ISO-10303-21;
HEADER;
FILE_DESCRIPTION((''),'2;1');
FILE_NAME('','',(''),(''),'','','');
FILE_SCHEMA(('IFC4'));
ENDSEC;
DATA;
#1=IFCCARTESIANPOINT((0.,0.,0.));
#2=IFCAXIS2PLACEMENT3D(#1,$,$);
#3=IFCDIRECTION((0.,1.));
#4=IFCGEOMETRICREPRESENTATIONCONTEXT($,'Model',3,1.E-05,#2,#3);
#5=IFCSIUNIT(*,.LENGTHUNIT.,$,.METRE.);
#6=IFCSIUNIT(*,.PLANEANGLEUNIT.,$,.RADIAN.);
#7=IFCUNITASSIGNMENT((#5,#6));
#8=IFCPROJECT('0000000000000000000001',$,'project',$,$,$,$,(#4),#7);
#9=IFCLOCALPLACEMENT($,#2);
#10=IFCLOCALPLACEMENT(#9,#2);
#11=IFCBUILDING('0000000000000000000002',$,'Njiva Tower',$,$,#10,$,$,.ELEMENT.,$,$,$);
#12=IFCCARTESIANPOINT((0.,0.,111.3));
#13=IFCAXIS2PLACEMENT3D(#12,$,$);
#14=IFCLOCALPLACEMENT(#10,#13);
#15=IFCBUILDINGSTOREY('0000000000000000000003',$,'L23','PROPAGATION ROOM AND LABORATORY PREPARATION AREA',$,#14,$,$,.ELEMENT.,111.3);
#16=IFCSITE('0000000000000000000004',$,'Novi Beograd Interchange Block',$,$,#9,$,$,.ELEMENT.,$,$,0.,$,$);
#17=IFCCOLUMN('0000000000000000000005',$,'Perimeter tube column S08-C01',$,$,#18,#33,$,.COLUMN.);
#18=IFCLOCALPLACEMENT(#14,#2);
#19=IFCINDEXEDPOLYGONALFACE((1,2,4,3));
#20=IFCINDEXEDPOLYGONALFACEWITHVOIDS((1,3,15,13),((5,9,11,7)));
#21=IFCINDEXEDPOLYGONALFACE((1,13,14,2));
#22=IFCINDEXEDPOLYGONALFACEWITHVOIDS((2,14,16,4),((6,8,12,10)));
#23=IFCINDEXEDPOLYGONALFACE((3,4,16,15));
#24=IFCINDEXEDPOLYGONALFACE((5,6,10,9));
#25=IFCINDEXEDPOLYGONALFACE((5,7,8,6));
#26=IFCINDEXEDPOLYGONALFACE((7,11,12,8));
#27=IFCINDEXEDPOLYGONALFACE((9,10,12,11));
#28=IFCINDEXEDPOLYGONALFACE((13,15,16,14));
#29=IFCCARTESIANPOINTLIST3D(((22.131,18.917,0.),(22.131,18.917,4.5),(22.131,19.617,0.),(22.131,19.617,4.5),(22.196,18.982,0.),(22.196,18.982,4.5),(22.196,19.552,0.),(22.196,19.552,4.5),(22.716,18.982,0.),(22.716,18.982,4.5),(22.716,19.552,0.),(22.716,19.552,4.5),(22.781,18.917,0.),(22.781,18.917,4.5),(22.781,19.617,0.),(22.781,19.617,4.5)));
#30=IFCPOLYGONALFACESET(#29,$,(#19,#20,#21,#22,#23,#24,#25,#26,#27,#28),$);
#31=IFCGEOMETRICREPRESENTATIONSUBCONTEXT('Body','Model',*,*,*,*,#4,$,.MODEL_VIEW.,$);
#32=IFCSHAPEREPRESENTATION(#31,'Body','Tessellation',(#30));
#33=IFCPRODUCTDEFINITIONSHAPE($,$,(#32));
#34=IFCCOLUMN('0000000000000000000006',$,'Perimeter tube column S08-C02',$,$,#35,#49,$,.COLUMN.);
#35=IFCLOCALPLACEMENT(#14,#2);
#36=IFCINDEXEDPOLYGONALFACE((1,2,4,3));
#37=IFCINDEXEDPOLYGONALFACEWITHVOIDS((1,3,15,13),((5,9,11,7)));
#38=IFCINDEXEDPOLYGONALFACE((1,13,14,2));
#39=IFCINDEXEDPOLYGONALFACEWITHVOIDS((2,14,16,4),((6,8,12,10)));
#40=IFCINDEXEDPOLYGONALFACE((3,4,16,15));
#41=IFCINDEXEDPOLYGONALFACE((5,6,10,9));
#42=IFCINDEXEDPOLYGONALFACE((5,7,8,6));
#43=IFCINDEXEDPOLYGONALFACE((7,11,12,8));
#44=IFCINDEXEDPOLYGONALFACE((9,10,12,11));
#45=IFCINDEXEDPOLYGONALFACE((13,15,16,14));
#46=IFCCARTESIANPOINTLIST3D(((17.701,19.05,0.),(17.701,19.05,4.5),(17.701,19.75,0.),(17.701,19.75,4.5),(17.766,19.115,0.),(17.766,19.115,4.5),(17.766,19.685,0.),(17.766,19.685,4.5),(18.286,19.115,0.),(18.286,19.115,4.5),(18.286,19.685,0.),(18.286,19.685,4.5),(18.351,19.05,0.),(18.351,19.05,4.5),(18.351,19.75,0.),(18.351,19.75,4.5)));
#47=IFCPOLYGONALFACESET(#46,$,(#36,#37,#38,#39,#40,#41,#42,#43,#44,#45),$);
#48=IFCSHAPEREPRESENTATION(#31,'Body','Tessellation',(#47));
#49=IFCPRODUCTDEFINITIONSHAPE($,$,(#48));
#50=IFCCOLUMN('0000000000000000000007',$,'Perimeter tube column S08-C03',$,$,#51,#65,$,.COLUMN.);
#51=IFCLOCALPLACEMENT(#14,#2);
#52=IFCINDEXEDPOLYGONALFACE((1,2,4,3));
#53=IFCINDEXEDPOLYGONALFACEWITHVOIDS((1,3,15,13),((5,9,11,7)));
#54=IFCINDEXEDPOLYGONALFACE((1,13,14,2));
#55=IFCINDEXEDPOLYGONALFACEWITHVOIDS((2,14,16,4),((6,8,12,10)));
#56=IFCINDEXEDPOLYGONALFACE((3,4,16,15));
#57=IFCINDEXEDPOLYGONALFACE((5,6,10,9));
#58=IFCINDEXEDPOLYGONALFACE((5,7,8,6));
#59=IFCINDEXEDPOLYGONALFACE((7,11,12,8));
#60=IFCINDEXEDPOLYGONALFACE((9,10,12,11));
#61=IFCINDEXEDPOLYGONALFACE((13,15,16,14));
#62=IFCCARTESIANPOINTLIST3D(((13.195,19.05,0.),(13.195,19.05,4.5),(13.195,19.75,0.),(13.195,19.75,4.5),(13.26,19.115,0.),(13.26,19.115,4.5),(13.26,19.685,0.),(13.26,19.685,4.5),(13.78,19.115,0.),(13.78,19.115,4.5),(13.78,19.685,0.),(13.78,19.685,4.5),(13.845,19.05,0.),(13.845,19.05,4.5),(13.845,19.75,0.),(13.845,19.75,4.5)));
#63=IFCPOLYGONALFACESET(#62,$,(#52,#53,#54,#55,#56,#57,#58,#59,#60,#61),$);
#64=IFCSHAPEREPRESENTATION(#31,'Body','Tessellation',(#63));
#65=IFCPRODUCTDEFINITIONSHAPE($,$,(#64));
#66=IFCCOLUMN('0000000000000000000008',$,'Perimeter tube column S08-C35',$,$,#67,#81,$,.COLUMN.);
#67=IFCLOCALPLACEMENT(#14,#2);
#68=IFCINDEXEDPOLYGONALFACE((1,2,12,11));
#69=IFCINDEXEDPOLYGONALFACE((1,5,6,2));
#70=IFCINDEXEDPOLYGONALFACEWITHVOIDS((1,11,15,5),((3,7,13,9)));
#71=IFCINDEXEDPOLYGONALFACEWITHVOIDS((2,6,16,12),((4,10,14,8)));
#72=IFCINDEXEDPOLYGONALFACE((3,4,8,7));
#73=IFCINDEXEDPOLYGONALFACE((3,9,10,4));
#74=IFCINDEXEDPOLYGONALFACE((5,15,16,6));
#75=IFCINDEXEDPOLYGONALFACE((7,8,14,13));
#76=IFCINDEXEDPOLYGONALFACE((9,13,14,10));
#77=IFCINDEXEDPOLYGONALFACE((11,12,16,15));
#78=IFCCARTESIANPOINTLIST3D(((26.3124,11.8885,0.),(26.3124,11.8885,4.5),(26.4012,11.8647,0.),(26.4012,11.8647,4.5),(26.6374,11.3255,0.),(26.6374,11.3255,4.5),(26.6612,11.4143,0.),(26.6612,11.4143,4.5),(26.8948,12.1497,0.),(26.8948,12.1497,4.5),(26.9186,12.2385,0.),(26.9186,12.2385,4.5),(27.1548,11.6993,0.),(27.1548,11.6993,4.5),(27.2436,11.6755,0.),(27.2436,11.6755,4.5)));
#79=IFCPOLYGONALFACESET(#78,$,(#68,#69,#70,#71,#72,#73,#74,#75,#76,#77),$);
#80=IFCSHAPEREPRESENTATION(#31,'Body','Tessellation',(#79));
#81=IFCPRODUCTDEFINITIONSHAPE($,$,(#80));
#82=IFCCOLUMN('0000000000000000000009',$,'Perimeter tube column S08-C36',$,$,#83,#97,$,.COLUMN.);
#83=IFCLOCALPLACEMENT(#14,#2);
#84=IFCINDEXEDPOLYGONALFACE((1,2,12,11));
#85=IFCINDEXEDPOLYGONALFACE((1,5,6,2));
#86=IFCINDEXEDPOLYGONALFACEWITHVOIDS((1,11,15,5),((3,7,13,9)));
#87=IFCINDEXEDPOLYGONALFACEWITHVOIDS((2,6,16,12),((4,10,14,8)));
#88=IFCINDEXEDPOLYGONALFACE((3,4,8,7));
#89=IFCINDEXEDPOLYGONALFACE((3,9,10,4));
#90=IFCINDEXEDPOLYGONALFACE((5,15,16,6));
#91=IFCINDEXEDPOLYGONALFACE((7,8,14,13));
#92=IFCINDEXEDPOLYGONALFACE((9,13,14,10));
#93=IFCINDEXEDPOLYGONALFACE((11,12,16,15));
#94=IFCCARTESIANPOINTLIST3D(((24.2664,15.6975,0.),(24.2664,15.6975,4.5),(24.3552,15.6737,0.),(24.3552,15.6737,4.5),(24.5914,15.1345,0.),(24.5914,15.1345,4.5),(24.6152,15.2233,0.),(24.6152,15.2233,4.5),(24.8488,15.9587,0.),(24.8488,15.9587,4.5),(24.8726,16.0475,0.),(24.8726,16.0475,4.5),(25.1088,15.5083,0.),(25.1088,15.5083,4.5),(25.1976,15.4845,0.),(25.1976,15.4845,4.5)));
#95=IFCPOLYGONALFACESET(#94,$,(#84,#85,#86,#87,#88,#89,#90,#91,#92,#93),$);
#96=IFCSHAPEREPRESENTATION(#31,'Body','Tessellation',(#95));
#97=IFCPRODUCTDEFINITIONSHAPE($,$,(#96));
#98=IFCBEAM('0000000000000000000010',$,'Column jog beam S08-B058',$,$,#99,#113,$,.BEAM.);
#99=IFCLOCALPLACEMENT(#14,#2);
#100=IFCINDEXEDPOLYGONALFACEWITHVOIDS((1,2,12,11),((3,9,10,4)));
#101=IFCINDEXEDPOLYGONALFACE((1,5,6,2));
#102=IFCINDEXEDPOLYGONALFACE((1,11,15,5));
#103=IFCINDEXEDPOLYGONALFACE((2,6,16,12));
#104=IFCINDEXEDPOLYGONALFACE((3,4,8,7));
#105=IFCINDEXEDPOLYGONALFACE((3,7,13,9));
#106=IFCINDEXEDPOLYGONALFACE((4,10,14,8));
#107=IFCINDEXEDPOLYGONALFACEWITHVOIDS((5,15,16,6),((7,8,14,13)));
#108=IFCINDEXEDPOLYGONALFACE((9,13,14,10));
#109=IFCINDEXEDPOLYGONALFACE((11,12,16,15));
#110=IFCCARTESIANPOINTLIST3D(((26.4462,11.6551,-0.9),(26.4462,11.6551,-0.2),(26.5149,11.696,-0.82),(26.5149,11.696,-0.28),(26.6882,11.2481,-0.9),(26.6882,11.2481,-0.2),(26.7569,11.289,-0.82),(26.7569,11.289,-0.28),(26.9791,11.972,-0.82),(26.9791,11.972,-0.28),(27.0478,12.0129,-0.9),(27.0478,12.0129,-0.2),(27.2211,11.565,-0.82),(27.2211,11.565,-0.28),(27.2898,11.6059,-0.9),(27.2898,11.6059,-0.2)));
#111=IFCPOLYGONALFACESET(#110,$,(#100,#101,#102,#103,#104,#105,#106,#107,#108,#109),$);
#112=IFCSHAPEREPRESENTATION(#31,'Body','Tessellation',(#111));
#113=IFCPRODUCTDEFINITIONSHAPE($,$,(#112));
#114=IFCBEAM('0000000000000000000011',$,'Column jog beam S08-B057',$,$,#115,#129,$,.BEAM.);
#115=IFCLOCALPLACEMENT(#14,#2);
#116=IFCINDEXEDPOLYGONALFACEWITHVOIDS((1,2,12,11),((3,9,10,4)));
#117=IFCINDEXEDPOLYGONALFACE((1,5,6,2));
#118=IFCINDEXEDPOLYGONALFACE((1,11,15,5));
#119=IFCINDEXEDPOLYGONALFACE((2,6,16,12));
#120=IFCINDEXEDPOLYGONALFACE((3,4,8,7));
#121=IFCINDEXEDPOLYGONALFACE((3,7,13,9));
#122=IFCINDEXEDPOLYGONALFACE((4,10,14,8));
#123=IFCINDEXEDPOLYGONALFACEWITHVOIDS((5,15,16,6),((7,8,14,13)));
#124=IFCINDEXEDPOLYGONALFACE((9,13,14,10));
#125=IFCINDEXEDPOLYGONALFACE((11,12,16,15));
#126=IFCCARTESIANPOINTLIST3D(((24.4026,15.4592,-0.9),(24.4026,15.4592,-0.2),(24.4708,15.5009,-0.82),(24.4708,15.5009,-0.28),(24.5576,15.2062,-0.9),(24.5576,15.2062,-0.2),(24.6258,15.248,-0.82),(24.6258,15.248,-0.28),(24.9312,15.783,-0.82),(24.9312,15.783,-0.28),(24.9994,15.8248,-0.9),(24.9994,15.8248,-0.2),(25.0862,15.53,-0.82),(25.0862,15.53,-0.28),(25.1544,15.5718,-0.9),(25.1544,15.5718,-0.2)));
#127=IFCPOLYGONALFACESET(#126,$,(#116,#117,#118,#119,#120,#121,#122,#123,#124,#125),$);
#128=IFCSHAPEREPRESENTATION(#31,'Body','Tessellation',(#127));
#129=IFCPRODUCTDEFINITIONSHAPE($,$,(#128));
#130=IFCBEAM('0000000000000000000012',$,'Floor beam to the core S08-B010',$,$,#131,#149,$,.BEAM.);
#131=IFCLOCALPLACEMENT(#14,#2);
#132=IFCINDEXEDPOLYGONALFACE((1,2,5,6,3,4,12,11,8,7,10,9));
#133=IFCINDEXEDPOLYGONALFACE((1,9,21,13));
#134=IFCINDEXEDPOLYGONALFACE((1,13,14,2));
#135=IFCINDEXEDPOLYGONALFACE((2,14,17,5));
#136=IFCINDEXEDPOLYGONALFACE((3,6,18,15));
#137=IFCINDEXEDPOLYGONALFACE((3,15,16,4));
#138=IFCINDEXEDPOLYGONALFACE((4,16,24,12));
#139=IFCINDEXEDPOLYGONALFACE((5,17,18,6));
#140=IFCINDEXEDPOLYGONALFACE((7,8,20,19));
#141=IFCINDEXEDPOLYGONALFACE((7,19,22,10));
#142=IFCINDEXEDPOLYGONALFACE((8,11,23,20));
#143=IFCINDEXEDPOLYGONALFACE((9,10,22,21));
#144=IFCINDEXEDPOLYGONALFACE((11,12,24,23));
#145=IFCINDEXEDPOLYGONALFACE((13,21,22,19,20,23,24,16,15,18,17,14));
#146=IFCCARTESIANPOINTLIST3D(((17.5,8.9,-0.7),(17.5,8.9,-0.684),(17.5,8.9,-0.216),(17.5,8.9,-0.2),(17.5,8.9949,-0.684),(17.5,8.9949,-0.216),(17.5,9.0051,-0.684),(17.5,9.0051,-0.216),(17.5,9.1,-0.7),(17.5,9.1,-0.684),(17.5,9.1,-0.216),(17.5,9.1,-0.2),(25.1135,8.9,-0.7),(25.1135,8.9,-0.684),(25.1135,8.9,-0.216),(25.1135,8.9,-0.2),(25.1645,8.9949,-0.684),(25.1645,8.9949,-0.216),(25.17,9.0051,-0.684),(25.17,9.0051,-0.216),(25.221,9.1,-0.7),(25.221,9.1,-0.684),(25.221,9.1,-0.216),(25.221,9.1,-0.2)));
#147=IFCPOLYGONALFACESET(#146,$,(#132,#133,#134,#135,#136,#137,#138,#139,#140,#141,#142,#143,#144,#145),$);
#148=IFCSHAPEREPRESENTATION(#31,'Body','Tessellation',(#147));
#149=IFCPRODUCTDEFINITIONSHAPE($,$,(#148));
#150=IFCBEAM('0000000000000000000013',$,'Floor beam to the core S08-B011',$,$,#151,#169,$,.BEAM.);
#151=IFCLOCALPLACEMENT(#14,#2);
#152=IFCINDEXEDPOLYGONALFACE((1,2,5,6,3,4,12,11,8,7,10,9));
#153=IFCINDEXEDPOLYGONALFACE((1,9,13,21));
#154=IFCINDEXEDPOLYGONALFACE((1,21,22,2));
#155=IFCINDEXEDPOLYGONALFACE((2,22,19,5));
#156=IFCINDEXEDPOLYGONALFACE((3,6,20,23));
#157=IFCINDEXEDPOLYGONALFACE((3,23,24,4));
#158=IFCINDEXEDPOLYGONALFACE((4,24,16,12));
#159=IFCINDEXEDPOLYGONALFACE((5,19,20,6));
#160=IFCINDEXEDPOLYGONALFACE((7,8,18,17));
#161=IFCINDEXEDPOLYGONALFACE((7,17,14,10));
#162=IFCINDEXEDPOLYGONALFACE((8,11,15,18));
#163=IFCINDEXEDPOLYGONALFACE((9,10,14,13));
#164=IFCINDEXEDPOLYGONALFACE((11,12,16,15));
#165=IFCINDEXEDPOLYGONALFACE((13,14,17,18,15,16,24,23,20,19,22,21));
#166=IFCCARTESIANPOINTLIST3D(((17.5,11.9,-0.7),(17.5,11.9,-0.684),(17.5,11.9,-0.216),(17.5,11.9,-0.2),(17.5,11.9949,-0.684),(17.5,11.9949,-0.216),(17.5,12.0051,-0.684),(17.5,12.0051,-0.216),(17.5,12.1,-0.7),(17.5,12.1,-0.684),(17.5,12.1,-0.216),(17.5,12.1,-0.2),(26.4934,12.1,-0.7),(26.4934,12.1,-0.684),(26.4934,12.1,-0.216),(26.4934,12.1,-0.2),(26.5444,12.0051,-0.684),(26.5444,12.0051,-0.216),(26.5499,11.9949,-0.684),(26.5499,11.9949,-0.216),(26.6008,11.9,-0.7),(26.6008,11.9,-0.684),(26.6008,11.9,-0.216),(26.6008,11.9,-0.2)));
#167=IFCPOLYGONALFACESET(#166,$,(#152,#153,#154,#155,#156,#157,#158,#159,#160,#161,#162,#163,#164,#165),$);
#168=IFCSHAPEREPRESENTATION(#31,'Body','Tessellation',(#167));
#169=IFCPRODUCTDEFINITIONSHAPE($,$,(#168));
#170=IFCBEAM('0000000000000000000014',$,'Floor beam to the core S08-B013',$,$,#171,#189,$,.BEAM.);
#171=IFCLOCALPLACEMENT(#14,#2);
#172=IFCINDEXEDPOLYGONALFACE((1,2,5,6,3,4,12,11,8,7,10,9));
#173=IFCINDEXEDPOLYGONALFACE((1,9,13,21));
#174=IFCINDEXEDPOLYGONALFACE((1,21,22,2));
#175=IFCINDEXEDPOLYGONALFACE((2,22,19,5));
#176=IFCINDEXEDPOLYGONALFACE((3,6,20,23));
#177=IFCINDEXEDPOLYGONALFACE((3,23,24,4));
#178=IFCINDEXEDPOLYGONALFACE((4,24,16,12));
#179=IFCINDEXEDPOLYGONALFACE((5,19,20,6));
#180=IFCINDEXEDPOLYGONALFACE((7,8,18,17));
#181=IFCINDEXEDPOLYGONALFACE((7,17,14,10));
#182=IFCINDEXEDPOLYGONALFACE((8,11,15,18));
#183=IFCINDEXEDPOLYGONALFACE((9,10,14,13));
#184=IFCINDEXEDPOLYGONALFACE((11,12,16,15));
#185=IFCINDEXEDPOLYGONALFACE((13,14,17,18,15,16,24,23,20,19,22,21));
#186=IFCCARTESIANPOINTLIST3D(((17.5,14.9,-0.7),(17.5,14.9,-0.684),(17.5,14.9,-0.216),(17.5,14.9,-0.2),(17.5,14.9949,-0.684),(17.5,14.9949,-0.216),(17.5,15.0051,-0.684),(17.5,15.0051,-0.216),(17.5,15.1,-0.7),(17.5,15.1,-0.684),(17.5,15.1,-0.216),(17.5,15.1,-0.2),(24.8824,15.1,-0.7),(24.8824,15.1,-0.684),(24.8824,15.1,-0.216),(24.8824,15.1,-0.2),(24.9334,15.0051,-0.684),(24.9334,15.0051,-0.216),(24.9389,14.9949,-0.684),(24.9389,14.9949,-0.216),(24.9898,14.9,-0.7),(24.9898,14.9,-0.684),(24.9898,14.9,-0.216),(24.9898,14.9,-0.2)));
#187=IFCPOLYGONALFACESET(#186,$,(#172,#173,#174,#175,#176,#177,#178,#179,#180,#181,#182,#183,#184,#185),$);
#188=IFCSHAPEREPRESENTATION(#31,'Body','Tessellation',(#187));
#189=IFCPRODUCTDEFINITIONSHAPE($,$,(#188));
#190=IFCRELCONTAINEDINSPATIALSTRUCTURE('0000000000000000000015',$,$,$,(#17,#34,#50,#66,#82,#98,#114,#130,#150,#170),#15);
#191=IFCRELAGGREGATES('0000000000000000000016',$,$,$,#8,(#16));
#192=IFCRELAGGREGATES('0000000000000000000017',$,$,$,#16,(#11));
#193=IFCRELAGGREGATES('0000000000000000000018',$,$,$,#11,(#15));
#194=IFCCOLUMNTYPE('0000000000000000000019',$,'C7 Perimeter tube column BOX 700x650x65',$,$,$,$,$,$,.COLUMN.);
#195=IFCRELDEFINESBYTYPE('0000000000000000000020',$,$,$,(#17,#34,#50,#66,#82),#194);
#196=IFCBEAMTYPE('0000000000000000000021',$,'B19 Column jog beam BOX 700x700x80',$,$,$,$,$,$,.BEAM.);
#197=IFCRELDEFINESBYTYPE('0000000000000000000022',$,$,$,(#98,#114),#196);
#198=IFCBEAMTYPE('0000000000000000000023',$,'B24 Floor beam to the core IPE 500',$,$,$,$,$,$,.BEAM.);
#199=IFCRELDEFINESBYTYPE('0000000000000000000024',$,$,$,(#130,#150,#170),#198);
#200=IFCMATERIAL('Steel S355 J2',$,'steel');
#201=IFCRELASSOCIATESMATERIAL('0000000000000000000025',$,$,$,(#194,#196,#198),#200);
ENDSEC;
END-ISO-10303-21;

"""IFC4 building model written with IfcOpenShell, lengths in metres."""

from ifc_helpers import new_model, si_unit, direction, frame, origin, origin_2d, place, context, subcontext, project, spatial, hollow_rectangle, i_section, extrude, clip, halfspace, material, material_profile, profile_set, type_object, element, save


model = new_model("IFC4")

# Units and contexts
model_context = context("Model", 3, precision=1e-05, world=origin(), true_north=direction((0.0, 1.0)))
body_context = subcontext(model_context, "Body", "Model", "MODEL_VIEW")
ifc_project = project(units=[si_unit("LENGTHUNIT", "METRE"), si_unit("PLANEANGLEUNIT", "RADIAN")], contexts=[model_context])

# Site, building, storey
site_placement = place(None, origin())
site = spatial("IfcSite", under=ifc_project, at=site_placement, Name="Novi Beograd Interchange Block", CompositionType="ELEMENT", RefElevation=0.0)
building_placement = place(site_placement, origin())
building = spatial("IfcBuilding", under=site, at=building_placement, Name="Njiva Tower", CompositionType="ELEMENT")
storey_placement = place(building_placement, frame((0.0, 0.0, 111.3)))
storey = spatial("IfcBuildingStorey", under=building, at=storey_placement, Name="L23", Description="PROPAGATION ROOM AND LABORATORY PREPARATION AREA", CompositionType="ELEMENT", Elevation=111.3)

# Columns
ifc_material_1 = material(Name="Steel S355 J2", Category="steel")
ifc_material_profile_1 = material_profile(ifc_material_1, hollow_rectangle(XDim=0.65, YDim=0.7, WallThickness=0.065, at=origin_2d()), Name="BOX 700x650x65")
ifc_profile_set_1 = profile_set([ifc_material_profile_1], Name="Steel S355 J2")
column_type = type_object("IfcColumnType", Name="C7 Perimeter tube column BOX 700x650x65", PredefinedType="COLUMN", material=ifc_profile_set_1)
for number, where, z_axis, x_axis, name in (
    (1, (22.456, 19.267, 0.0), (0.0, 0.0, 1.0), (-1.0, 0.0, 0.0), "Perimeter tube column S08-C01"),
    (2, (18.026, 19.4, 0.0), (0.0, 0.0, 1.0), (-1.0, 0.0, 0.0), "Perimeter tube column S08-C02"),
    (3, (13.52, 19.4, 0.0), (0.0, 0.0, 1.0), (-1.0, 0.0, 0.0), "Perimeter tube column S08-C03"),
    (4, (26.778, 11.782, 0.0), (0.0, 0.0, 1.0), (-0.5, 0.866025, 0.0), "Perimeter tube column S08-C35"),
    (5, (24.732, 15.591, 0.0), (0.0, 0.0, 1.0), (-0.5, 0.866025, 0.0), "Perimeter tube column S08-C36"),
):
    element("IfcColumn", number, at=place(storey_placement, frame(where, z_axis=z_axis, x_axis=x_axis)), inside=storey, type_object=column_type, Name=name, PredefinedType="COLUMN", context=body_context, shape_type="SweptSolid", body=[
        extrude(hollow_rectangle(XDim=0.65, YDim=0.7, WallThickness=0.065, at=origin_2d()), origin(), (0.0, 0.0, 1.0), 4.5),
    ])

# Beams
ifc_material_profile_2 = material_profile(ifc_material_1, hollow_rectangle(XDim=0.7, YDim=0.7, WallThickness=0.08, at=origin_2d()), Name="BOX 700x700x80")
ifc_profile_set_2 = profile_set([ifc_material_profile_2], Name="Steel S355 J2")
beam_type_1 = type_object("IfcBeamType", Name="B19 Column jog beam BOX 700x700x80", PredefinedType="BEAM", material=ifc_profile_set_2)
beam_1_placement = place(storey_placement, frame((26.989, 11.427, -0.55), z_axis=(-0.511075, 0.859536, 0.0), x_axis=(-0.859536, -0.511075, 0.0)))
element("IfcBeam", 6, at=beam_1_placement, inside=storey, type_object=beam_type_1, Name="Column jog beam S08-B058", PredefinedType="BEAM", context=body_context, shape_type="SweptSolid", body=[
    extrude(hollow_rectangle(XDim=0.7, YDim=0.7, WallThickness=0.08, at=origin_2d()), origin(), (0.0, 0.0, 1.0), 0.4735),
])
beam_2_placement = place(storey_placement, frame((24.856, 15.389, -0.55), z_axis=(-0.522404, 0.852698, 0.0), x_axis=(-0.852698, -0.522404, 0.0)))
element("IfcBeam", 7, at=beam_2_placement, inside=storey, type_object=beam_type_1, Name="Column jog beam S08-B057", PredefinedType="BEAM", context=body_context, shape_type="SweptSolid", body=[
    extrude(hollow_rectangle(XDim=0.7, YDim=0.7, WallThickness=0.08, at=origin_2d()), origin(), (0.0, 0.0, 1.0), 0.2967),
])
ifc_material_profile_3 = material_profile(ifc_material_1, i_section(OverallWidth=0.2, OverallDepth=0.5, WebThickness=0.0102, FlangeThickness=0.016, at=origin_2d()), Name="IPE 500")
ifc_profile_set_3 = profile_set([ifc_material_profile_3], Name="Steel S355 J2")
beam_type_2 = type_object("IfcBeamType", Name="B24 Floor beam to the core IPE 500", PredefinedType="BEAM", material=ifc_profile_set_3)
beam_3_placement = place(storey_placement, frame((17.5, 9.0, -0.45), z_axis=(1.0, 0.0, 0.0), x_axis=(0.0, 1.0, 0.0)))
element("IfcBeam", 8, at=beam_3_placement, inside=storey, type_object=beam_type_2, Name="Floor beam to the core S08-B010", PredefinedType="BEAM", context=body_context, shape_type="Clipping", body=[
    clip(extrude(i_section(OverallWidth=0.2, OverallDepth=0.5, WebThickness=0.0102, FlangeThickness=0.016, at=origin_2d()), origin(), (0.0, 0.0, 1.0), 7.741), halfspace(frame((-0.0237, 0.0, 7.6545), z_axis=(-0.473762, 0.0, 0.880653), x_axis=(0.0, 1.0, 0.0)), False)),
])
beam_4_placement = place(storey_placement, frame((17.5, 12.0, -0.45), z_axis=(1.0, 0.0, 0.0), x_axis=(0.0, 1.0, 0.0)))
element("IfcBeam", 9, at=beam_4_placement, inside=storey, type_object=beam_type_2, Name="Floor beam to the core S08-B011", PredefinedType="BEAM", context=body_context, shape_type="Clipping", body=[
    clip(extrude(i_section(OverallWidth=0.2, OverallDepth=0.5, WebThickness=0.0102, FlangeThickness=0.016, at=origin_2d()), origin(), (0.0, 0.0, 1.0), 9.121), halfspace(frame((0.0237, 0.0, 9.0344), z_axis=(0.473099, 0.0, 0.881009), x_axis=(0.0, 1.0, 0.0)), False)),
])
beam_5_placement = place(storey_placement, frame((17.5, 15.0, -0.45), z_axis=(1.0, 0.0, 0.0), x_axis=(0.0, 1.0, 0.0)))
element("IfcBeam", 10, at=beam_5_placement, inside=storey, type_object=beam_type_2, Name="Floor beam to the core S08-B013", PredefinedType="BEAM", context=body_context, shape_type="Clipping", body=[
    clip(extrude(i_section(OverallWidth=0.2, OverallDepth=0.5, WebThickness=0.0102, FlangeThickness=0.016, at=origin_2d()), origin(), (0.0, 0.0, 1.0), 7.51), halfspace(frame((0.0237, 0.0, 7.4234), z_axis=(0.473099, 0.0, 0.881009), x_axis=(0.0, 1.0, 0.0)), False)),
])

save(model, "model.ifc")
